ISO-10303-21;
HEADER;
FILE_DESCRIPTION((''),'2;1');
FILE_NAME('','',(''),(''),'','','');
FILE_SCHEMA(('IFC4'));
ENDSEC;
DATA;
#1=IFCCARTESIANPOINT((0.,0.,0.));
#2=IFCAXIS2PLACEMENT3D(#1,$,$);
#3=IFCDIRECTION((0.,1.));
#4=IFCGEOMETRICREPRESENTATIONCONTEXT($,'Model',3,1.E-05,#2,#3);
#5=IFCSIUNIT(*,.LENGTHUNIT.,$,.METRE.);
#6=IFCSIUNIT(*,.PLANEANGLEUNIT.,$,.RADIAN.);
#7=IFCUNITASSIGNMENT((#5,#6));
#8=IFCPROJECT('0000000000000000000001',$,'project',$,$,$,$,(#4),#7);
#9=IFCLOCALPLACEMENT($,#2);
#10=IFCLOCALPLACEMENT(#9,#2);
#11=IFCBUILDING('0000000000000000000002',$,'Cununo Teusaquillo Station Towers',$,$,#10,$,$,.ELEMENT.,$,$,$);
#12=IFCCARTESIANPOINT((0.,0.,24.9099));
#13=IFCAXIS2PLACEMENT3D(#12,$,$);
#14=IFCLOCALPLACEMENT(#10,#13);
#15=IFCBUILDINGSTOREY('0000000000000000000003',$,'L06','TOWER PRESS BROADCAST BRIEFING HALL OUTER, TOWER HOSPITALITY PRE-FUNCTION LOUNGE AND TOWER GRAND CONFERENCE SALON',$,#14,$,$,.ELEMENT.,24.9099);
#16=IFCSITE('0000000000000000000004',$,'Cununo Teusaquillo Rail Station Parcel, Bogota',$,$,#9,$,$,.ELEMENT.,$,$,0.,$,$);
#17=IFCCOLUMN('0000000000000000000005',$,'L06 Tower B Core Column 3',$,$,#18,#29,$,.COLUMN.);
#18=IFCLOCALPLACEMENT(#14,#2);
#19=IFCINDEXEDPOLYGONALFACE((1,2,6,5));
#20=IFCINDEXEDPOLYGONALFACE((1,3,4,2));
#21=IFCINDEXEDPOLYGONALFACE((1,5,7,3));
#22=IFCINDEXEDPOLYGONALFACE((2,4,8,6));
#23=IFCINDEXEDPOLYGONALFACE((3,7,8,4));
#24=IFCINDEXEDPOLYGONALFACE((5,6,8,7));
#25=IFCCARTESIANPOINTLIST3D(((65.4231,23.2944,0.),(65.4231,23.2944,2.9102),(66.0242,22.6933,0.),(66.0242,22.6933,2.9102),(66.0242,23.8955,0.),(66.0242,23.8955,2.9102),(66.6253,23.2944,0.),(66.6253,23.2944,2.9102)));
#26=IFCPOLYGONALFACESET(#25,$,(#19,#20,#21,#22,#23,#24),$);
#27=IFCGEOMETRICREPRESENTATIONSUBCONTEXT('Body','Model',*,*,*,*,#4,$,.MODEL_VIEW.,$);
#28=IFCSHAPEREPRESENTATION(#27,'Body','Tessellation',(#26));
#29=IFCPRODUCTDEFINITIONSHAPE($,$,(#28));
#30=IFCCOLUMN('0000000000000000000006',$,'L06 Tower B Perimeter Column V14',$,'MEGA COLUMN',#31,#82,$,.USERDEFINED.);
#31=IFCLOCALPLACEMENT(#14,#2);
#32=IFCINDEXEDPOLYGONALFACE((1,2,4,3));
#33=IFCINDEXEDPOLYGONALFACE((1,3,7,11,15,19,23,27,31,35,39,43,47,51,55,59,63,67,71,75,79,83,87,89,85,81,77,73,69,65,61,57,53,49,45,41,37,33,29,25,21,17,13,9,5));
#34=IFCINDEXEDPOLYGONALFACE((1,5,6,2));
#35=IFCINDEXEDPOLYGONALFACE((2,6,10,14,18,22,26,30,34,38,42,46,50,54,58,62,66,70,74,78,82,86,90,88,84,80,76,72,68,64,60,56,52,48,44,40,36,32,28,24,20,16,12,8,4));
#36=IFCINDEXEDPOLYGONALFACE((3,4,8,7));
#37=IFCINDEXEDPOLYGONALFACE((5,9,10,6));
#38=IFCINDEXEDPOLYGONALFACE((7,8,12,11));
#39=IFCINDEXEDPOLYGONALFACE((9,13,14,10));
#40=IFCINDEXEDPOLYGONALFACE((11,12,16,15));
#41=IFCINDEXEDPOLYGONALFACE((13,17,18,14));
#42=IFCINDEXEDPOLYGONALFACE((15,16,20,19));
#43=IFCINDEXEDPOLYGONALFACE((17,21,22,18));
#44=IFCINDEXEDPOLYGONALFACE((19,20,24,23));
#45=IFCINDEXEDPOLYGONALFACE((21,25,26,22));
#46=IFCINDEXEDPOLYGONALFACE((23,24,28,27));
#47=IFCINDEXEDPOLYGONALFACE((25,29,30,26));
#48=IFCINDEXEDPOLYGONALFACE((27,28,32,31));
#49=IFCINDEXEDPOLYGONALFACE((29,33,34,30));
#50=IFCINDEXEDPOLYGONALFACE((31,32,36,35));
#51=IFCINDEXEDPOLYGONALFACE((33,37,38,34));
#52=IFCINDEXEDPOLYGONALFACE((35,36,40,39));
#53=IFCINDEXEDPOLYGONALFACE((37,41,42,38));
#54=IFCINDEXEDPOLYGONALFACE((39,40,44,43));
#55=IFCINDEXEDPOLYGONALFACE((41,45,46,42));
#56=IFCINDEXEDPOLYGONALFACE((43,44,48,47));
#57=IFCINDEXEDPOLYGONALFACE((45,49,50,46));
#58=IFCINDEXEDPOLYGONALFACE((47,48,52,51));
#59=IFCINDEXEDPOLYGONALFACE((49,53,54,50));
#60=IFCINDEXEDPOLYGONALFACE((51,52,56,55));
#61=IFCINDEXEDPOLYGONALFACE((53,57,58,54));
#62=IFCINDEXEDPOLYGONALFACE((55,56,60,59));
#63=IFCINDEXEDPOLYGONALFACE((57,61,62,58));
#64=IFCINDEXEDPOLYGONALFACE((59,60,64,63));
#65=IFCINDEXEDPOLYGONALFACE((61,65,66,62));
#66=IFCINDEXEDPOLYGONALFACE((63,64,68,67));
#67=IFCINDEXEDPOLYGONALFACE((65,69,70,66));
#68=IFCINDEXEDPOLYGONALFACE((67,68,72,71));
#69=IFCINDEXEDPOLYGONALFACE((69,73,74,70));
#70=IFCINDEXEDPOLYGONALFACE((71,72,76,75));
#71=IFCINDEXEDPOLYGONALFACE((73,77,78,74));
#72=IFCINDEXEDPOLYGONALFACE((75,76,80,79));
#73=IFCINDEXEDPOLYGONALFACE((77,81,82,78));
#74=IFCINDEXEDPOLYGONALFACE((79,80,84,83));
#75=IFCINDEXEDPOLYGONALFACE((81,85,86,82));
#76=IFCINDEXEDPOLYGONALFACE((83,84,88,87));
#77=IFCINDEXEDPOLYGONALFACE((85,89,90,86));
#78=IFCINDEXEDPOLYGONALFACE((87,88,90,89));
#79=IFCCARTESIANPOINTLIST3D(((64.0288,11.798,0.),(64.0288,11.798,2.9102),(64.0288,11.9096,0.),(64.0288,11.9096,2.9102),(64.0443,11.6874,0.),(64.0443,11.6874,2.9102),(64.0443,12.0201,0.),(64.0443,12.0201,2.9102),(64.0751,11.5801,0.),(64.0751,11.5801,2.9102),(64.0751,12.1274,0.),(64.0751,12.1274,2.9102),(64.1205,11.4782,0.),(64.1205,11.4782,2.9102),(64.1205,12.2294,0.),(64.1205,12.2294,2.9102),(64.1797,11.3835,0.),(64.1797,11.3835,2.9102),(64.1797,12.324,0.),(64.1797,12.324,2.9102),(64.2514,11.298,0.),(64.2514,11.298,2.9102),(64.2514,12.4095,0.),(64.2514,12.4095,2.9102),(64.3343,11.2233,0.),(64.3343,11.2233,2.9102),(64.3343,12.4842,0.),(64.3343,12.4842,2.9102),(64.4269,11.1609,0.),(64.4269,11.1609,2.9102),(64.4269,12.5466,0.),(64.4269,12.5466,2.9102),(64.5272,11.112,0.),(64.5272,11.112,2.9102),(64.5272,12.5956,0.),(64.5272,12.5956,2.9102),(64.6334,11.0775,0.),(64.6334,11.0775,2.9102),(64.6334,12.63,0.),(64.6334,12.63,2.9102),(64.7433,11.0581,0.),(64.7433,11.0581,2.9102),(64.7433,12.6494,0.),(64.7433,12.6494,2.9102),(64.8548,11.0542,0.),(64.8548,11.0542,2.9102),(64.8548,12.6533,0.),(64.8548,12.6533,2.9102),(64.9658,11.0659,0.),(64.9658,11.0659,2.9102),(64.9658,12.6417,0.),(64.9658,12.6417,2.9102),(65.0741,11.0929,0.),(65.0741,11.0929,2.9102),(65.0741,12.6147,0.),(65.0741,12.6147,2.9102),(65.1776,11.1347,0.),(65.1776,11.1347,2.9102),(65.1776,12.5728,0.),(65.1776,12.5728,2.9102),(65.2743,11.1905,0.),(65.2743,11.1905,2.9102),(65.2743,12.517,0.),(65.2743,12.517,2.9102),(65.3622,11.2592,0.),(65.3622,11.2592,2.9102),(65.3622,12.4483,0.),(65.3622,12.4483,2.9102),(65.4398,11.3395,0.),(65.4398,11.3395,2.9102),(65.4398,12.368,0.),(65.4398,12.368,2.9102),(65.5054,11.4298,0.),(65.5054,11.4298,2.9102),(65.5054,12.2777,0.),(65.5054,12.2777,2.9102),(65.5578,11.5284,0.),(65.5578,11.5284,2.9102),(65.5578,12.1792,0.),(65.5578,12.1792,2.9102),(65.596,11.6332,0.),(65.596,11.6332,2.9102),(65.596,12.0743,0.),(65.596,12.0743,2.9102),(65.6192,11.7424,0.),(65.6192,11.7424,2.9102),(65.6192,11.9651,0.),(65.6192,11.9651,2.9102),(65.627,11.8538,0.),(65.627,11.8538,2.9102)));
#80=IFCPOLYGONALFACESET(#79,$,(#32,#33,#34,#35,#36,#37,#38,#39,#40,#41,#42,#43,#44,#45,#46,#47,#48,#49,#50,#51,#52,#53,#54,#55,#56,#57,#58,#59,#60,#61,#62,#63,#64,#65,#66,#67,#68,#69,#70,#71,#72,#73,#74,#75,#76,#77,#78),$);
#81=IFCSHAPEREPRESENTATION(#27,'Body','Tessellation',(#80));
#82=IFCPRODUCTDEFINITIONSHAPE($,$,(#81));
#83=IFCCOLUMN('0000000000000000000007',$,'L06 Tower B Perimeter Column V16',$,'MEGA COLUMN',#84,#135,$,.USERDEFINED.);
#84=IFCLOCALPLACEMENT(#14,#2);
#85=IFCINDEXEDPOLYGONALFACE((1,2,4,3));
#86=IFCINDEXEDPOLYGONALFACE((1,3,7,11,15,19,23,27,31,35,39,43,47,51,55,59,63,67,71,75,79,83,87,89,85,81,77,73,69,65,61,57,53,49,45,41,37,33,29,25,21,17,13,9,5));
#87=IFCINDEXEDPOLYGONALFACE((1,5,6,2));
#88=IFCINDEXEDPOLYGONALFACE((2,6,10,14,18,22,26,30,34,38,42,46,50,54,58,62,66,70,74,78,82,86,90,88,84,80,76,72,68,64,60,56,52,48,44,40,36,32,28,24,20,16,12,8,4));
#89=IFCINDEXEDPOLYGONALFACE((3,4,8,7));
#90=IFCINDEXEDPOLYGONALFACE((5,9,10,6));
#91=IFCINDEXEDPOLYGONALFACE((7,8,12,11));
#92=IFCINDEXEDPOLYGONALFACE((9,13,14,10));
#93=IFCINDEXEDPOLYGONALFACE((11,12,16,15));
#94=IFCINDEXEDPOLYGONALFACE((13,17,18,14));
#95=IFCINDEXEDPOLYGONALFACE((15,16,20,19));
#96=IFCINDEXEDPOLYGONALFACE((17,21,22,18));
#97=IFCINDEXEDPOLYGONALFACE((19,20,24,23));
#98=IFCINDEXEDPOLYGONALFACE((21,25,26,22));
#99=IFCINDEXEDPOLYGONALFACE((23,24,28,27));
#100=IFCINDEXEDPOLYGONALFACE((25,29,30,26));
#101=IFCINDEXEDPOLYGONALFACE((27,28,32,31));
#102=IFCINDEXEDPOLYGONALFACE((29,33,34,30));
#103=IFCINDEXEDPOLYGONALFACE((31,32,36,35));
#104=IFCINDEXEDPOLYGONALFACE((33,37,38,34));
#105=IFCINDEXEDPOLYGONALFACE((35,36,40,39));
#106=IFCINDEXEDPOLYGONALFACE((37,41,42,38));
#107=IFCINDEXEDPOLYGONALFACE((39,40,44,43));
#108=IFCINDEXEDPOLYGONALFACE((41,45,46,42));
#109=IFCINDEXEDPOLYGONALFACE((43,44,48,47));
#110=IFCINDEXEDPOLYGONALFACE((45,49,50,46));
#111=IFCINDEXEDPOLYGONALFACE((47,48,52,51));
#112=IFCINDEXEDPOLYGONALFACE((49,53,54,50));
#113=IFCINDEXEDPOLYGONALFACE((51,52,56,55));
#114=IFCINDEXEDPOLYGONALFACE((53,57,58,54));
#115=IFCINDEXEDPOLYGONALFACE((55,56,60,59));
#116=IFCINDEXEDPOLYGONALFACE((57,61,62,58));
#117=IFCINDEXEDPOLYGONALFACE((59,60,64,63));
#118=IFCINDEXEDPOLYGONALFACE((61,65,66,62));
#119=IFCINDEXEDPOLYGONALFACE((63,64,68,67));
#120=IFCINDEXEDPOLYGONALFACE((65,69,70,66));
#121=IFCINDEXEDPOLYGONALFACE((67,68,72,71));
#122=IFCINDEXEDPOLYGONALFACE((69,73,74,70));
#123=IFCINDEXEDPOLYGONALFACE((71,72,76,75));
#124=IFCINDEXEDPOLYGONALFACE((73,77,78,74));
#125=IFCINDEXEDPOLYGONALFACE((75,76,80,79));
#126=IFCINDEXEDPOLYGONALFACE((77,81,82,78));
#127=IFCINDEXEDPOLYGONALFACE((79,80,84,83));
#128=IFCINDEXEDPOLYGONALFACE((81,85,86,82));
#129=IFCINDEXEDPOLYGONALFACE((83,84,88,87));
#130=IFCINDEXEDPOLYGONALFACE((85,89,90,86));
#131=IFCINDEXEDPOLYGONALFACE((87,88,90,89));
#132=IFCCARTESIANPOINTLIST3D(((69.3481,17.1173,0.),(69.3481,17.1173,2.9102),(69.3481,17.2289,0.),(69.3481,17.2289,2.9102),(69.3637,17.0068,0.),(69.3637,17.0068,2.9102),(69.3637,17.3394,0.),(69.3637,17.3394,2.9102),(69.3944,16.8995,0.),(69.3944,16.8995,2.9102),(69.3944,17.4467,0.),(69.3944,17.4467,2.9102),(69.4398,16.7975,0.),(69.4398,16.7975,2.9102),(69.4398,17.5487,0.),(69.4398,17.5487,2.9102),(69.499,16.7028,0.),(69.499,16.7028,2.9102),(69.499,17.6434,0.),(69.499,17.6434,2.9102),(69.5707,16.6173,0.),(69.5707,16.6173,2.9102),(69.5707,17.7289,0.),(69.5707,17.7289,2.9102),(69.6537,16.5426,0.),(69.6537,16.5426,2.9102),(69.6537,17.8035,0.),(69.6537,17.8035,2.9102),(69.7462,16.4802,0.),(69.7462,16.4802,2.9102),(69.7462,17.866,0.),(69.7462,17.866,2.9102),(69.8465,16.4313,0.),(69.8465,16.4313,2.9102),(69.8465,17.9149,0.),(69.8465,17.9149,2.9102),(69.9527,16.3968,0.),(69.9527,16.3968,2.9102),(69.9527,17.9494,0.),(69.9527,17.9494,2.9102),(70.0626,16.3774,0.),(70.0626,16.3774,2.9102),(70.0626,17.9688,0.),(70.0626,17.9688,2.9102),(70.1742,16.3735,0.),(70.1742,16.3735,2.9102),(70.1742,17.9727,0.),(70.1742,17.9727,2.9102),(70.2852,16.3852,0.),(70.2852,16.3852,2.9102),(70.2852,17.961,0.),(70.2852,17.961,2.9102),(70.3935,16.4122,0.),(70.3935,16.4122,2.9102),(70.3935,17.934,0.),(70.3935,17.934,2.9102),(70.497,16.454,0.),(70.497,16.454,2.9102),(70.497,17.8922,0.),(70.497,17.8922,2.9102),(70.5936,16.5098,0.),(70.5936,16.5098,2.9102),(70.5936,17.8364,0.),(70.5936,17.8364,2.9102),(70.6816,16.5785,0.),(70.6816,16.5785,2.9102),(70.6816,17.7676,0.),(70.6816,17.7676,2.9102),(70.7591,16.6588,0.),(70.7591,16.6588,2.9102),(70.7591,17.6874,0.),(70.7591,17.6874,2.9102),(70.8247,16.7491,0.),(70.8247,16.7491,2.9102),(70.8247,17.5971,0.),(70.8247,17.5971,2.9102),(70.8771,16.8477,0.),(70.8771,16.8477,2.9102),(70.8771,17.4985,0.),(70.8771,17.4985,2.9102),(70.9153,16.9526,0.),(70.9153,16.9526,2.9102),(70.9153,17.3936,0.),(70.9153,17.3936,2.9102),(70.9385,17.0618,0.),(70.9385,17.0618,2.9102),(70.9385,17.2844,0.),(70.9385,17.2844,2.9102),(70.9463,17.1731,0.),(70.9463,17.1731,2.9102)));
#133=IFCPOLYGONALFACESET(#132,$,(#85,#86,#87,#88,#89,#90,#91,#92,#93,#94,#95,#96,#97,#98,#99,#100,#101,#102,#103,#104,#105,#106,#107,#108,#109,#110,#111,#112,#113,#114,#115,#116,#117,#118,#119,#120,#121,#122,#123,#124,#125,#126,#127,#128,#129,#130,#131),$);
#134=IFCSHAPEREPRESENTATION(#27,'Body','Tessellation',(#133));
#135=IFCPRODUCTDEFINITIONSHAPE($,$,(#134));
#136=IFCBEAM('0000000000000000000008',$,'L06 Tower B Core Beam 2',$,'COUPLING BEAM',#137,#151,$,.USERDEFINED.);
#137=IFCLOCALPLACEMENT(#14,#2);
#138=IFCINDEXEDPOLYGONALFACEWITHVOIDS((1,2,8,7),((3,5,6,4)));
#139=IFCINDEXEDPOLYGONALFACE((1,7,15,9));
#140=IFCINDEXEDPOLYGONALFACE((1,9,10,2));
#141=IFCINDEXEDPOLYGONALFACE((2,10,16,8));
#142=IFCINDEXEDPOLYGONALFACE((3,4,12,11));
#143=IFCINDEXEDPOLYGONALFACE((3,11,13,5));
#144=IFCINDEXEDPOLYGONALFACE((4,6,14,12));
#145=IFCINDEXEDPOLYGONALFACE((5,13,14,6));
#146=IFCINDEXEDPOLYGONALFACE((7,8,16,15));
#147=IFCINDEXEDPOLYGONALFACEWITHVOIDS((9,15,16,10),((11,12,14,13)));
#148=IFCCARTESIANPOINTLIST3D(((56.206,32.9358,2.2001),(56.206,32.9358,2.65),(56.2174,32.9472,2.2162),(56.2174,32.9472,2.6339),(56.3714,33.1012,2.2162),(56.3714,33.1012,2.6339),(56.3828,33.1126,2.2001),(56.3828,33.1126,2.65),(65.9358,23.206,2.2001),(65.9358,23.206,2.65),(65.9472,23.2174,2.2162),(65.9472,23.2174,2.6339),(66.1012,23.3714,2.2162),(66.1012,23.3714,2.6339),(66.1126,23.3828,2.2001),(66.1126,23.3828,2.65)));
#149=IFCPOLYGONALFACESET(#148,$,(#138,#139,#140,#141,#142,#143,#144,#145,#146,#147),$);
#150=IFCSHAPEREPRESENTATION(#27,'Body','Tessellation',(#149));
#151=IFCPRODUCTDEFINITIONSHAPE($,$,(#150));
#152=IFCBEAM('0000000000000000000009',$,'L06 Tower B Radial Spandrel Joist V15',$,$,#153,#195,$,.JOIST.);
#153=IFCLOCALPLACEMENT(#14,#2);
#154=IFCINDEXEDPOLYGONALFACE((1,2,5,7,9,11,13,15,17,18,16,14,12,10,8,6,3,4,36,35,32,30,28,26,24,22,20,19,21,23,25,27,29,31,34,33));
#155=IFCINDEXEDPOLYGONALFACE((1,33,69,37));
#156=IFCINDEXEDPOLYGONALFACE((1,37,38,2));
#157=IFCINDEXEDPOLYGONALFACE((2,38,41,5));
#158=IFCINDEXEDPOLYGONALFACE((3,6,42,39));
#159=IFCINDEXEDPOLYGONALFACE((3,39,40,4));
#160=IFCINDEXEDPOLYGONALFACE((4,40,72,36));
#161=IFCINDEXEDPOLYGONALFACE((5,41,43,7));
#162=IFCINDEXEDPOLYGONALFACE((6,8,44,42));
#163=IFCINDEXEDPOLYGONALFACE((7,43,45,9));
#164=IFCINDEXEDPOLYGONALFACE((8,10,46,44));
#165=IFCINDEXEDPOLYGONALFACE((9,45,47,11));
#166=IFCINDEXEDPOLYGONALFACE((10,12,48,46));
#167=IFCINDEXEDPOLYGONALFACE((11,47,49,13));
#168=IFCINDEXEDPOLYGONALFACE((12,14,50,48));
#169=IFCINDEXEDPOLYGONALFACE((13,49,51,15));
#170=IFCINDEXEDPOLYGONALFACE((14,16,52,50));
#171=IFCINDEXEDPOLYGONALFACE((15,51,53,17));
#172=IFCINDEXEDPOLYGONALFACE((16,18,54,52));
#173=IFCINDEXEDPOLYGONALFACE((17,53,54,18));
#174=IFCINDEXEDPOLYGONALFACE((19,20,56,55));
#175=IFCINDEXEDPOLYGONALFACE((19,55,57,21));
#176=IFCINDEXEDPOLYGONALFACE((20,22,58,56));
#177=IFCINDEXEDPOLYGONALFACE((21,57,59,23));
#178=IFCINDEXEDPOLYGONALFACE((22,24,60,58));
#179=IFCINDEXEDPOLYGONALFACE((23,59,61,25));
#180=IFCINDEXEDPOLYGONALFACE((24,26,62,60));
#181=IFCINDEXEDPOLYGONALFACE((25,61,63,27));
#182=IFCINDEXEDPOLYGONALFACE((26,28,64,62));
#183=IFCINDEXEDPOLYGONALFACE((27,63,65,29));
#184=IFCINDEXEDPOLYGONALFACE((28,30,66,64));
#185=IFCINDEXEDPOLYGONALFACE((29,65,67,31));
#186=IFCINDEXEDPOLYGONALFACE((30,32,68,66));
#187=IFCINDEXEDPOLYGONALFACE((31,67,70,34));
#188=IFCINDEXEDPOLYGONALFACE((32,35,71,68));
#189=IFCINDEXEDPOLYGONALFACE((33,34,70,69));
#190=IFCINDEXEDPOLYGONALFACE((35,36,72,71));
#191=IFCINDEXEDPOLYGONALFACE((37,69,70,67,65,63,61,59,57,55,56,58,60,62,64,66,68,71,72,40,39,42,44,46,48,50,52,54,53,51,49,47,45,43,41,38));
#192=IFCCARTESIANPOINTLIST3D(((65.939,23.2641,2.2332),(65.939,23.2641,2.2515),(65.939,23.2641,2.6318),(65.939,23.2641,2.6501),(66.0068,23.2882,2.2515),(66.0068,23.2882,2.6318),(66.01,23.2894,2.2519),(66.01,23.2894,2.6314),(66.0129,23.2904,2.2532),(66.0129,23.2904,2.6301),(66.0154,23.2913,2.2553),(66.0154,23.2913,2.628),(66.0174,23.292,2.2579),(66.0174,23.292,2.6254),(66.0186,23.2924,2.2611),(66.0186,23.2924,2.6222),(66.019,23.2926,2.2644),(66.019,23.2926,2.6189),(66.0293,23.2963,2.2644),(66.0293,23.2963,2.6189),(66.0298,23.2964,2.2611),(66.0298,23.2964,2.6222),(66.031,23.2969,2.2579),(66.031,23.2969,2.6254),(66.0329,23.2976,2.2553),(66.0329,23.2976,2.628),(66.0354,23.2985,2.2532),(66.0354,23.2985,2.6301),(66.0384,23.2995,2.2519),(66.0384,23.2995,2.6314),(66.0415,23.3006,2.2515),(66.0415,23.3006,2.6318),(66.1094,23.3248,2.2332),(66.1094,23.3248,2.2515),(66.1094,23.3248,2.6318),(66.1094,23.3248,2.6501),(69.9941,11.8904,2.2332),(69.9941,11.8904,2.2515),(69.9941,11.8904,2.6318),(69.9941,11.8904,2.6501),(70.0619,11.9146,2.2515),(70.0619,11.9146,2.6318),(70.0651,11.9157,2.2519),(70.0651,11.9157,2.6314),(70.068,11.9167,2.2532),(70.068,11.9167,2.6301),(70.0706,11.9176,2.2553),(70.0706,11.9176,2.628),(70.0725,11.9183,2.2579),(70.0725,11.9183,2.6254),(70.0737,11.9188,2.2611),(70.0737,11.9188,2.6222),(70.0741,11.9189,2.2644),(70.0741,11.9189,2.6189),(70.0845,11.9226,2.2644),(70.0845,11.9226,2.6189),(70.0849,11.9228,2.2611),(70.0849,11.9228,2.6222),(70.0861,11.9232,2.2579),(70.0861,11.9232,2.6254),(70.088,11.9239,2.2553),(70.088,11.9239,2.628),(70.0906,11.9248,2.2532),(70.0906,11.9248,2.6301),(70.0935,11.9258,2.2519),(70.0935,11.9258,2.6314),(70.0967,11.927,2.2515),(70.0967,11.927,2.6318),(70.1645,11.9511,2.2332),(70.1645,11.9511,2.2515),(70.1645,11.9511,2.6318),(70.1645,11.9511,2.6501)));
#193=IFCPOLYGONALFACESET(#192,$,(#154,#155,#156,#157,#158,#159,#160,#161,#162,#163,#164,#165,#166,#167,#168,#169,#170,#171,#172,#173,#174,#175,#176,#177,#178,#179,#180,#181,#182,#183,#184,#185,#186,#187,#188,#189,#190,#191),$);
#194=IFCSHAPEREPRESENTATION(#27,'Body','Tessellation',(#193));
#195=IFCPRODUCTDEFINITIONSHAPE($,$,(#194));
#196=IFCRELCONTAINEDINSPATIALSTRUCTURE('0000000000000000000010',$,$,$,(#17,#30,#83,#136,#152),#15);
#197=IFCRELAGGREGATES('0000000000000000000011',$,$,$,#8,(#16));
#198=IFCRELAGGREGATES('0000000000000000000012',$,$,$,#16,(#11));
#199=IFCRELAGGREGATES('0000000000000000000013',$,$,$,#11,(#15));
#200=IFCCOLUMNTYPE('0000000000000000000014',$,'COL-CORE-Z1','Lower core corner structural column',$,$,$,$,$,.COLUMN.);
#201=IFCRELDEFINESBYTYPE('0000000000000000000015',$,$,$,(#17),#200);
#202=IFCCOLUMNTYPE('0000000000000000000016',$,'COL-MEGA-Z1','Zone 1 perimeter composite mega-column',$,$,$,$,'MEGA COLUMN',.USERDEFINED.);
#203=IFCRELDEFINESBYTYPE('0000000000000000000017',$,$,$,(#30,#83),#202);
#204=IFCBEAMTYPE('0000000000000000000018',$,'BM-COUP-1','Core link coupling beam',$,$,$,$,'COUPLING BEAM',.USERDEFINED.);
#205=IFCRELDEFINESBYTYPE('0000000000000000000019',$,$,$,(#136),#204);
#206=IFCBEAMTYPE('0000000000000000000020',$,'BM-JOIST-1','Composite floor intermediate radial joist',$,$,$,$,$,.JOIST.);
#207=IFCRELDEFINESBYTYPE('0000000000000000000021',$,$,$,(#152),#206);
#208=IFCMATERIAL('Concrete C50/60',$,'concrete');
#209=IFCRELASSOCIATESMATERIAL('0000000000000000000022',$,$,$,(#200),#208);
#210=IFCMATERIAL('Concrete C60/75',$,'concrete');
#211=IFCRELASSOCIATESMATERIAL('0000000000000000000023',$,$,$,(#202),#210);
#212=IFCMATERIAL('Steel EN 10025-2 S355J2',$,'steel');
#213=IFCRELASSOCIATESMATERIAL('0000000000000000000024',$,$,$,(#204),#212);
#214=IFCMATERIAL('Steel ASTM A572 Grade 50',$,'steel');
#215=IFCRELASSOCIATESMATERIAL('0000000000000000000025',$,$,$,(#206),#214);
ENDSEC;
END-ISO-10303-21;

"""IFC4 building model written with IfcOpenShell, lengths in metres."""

from ifc_helpers import new_model, si_unit, direction, frame, origin, origin_2d, place, context, subcontext, project, spatial, rectangle, hollow_rectangle, circle, i_section, extrude, material, material_profile, profile_set, type_object, element, save


model = new_model("IFC4")

# Units and contexts
model_context = context("Model", 3, precision=1e-05, world=origin(), true_north=direction((0.0, 1.0)))
body_context = subcontext(model_context, "Body", "Model", "MODEL_VIEW")
ifc_project = project(units=[si_unit("LENGTHUNIT", "METRE"), si_unit("PLANEANGLEUNIT", "RADIAN")], contexts=[model_context])

# Site, building, storey
site_placement = place(None, origin())
site = spatial("IfcSite", under=ifc_project, at=site_placement, Name="Cununo Teusaquillo Rail Station Parcel, Bogota", CompositionType="ELEMENT", RefElevation=0.0)
building_placement = place(site_placement, origin())
building = spatial("IfcBuilding", under=site, at=building_placement, Name="Cununo Teusaquillo Station Towers", CompositionType="ELEMENT")
storey_placement = place(building_placement, frame((0.0, 0.0, 24.9099)))
storey = spatial("IfcBuildingStorey", under=building, at=storey_placement, Name="L06", Description="TOWER PRESS BROADCAST BRIEFING HALL OUTER, TOWER HOSPITALITY PRE-FUNCTION LOUNGE AND TOWER GRAND CONFERENCE SALON", CompositionType="ELEMENT", Elevation=24.9099)

# Columns
ifc_material_1 = material(Name="Concrete C50/60", Category="concrete")
ifc_material_profile_1 = material_profile(ifc_material_1, rectangle(XDim=0.8501, YDim=0.8501, at=origin_2d()), Name="RC-RECT-850x850")
ifc_profile_set_1 = profile_set([ifc_material_profile_1], Name="Concrete C50/60")
column_type_1 = type_object("IfcColumnType", Name="COL-CORE-Z1", Description="Lower core corner structural column", PredefinedType="COLUMN", material=ifc_profile_set_1)
column_placement = place(storey_placement, frame((66.0242, 23.2944, 0.0), z_axis=(0.0, 0.0, 1.0), x_axis=(0.707107, 0.707107, 0.0)))
element("IfcColumn", 1, at=column_placement, inside=storey, type_object=column_type_1, Name="L06 Tower B Core Column 3", PredefinedType="COLUMN", context=body_context, shape_type="SweptSolid", body=[
    extrude(rectangle(XDim=0.8501, YDim=0.8501, at=origin_2d()), origin(), (0.0, 0.0, 1.0), 2.9102),
])
ifc_material_2 = material(Name="Concrete C60/75", Category="concrete")
ifc_material_profile_2 = material_profile(ifc_material_2, circle(Radius=0.8, at=origin_2d()), Name="RC-CIRC-1600")
ifc_profile_set_2 = profile_set([ifc_material_profile_2], Name="Concrete C60/75")
column_type_2 = type_object("IfcColumnType", Name="COL-MEGA-Z1", Description="Zone 1 perimeter composite mega-column", ElementType="MEGA COLUMN", PredefinedType="USERDEFINED", material=ifc_profile_set_2)
for number, where, z_axis, x_axis, name in (
    (2, (64.8269, 11.8538, 0.0), (0.0, 0.0, 1.0), (1.0, 0.0, 0.0), "L06 Tower B Perimeter Column V14"),
    (3, (70.1462, 17.1731, 0.0), (0.0, 0.0, 1.0), (1.0, 0.0, 0.0), "L06 Tower B Perimeter Column V16"),
):
    element("IfcColumn", number, at=place(storey_placement, frame(where, z_axis=z_axis, x_axis=x_axis)), inside=storey, type_object=column_type_2, Name=name, ObjectType="MEGA COLUMN", PredefinedType="USERDEFINED", context=body_context, shape_type="SweptSolid", body=[
        extrude(circle(Radius=0.8, at=origin_2d()), origin(), (0.0, 0.0, 1.0), 2.9102),
    ])

# Beams
ifc_material_3 = material(Name="Steel EN 10025-2 S355J2", Category="steel")
ifc_material_profile_3 = material_profile(ifc_material_3, hollow_rectangle(XDim=0.25, YDim=0.45, WallThickness=0.0161, at=origin_2d()), Name="RHS 450x250x16")
ifc_profile_set_3 = profile_set([ifc_material_profile_3], Name="Steel EN 10025-2 S355J2")
beam_type_1 = type_object("IfcBeamType", Name="BM-COUP-1", Description="Core link coupling beam", ElementType="COUPLING BEAM", PredefinedType="USERDEFINED", material=ifc_profile_set_3)
beam_1_placement = place(storey_placement, frame((66.0242, 23.2944, 2.425), z_axis=(-0.707107, 0.707107, 0.0), x_axis=(-0.707107, -0.707107, 0.0)))
element("IfcBeam", 4, at=beam_1_placement, inside=storey, type_object=beam_type_1, Name="L06 Tower B Core Beam 2", ObjectType="COUPLING BEAM", PredefinedType="USERDEFINED", context=body_context, shape_type="SweptSolid", body=[
    extrude(hollow_rectangle(XDim=0.25, YDim=0.45, WallThickness=0.0161, at=origin_2d()), origin(), (0.0, 0.0, 1.0), 13.76),
])
ifc_material_4 = material(Name="Steel ASTM A572 Grade 50", Category="steel")
ifc_material_profile_4 = material_profile(ifc_material_4, i_section(OverallWidth=0.1809, OverallDepth=0.417, WebThickness=0.011, FlangeThickness=0.0183, FilletRadius=0.0129, at=origin_2d()), Name="W16X57")
ifc_profile_set_4 = profile_set([ifc_material_profile_4], Name="Steel ASTM A572 Grade 50")
beam_type_2 = type_object("IfcBeamType", Name="BM-JOIST-1", Description="Composite floor intermediate radial joist", PredefinedType="JOIST", material=ifc_profile_set_4)
beam_2_placement = place(storey_placement, frame((66.0242, 23.2944, 2.4417), z_axis=(0.33583, -0.941922, 0.0), x_axis=(0.941922, 0.33583, 0.0)))
element("IfcBeam", 5, at=beam_2_placement, inside=storey, type_object=beam_type_2, Name="L06 Tower B Radial Spandrel Joist V15", PredefinedType="JOIST", context=body_context, shape_type="SweptSolid", body=[
    extrude(i_section(OverallWidth=0.1809, OverallDepth=0.417, WebThickness=0.011, FlangeThickness=0.0183, FilletRadius=0.0129, at=origin_2d()), origin(), (0.0, 0.0, 1.0), 12.075),
])

save(model, "model.ifc")
